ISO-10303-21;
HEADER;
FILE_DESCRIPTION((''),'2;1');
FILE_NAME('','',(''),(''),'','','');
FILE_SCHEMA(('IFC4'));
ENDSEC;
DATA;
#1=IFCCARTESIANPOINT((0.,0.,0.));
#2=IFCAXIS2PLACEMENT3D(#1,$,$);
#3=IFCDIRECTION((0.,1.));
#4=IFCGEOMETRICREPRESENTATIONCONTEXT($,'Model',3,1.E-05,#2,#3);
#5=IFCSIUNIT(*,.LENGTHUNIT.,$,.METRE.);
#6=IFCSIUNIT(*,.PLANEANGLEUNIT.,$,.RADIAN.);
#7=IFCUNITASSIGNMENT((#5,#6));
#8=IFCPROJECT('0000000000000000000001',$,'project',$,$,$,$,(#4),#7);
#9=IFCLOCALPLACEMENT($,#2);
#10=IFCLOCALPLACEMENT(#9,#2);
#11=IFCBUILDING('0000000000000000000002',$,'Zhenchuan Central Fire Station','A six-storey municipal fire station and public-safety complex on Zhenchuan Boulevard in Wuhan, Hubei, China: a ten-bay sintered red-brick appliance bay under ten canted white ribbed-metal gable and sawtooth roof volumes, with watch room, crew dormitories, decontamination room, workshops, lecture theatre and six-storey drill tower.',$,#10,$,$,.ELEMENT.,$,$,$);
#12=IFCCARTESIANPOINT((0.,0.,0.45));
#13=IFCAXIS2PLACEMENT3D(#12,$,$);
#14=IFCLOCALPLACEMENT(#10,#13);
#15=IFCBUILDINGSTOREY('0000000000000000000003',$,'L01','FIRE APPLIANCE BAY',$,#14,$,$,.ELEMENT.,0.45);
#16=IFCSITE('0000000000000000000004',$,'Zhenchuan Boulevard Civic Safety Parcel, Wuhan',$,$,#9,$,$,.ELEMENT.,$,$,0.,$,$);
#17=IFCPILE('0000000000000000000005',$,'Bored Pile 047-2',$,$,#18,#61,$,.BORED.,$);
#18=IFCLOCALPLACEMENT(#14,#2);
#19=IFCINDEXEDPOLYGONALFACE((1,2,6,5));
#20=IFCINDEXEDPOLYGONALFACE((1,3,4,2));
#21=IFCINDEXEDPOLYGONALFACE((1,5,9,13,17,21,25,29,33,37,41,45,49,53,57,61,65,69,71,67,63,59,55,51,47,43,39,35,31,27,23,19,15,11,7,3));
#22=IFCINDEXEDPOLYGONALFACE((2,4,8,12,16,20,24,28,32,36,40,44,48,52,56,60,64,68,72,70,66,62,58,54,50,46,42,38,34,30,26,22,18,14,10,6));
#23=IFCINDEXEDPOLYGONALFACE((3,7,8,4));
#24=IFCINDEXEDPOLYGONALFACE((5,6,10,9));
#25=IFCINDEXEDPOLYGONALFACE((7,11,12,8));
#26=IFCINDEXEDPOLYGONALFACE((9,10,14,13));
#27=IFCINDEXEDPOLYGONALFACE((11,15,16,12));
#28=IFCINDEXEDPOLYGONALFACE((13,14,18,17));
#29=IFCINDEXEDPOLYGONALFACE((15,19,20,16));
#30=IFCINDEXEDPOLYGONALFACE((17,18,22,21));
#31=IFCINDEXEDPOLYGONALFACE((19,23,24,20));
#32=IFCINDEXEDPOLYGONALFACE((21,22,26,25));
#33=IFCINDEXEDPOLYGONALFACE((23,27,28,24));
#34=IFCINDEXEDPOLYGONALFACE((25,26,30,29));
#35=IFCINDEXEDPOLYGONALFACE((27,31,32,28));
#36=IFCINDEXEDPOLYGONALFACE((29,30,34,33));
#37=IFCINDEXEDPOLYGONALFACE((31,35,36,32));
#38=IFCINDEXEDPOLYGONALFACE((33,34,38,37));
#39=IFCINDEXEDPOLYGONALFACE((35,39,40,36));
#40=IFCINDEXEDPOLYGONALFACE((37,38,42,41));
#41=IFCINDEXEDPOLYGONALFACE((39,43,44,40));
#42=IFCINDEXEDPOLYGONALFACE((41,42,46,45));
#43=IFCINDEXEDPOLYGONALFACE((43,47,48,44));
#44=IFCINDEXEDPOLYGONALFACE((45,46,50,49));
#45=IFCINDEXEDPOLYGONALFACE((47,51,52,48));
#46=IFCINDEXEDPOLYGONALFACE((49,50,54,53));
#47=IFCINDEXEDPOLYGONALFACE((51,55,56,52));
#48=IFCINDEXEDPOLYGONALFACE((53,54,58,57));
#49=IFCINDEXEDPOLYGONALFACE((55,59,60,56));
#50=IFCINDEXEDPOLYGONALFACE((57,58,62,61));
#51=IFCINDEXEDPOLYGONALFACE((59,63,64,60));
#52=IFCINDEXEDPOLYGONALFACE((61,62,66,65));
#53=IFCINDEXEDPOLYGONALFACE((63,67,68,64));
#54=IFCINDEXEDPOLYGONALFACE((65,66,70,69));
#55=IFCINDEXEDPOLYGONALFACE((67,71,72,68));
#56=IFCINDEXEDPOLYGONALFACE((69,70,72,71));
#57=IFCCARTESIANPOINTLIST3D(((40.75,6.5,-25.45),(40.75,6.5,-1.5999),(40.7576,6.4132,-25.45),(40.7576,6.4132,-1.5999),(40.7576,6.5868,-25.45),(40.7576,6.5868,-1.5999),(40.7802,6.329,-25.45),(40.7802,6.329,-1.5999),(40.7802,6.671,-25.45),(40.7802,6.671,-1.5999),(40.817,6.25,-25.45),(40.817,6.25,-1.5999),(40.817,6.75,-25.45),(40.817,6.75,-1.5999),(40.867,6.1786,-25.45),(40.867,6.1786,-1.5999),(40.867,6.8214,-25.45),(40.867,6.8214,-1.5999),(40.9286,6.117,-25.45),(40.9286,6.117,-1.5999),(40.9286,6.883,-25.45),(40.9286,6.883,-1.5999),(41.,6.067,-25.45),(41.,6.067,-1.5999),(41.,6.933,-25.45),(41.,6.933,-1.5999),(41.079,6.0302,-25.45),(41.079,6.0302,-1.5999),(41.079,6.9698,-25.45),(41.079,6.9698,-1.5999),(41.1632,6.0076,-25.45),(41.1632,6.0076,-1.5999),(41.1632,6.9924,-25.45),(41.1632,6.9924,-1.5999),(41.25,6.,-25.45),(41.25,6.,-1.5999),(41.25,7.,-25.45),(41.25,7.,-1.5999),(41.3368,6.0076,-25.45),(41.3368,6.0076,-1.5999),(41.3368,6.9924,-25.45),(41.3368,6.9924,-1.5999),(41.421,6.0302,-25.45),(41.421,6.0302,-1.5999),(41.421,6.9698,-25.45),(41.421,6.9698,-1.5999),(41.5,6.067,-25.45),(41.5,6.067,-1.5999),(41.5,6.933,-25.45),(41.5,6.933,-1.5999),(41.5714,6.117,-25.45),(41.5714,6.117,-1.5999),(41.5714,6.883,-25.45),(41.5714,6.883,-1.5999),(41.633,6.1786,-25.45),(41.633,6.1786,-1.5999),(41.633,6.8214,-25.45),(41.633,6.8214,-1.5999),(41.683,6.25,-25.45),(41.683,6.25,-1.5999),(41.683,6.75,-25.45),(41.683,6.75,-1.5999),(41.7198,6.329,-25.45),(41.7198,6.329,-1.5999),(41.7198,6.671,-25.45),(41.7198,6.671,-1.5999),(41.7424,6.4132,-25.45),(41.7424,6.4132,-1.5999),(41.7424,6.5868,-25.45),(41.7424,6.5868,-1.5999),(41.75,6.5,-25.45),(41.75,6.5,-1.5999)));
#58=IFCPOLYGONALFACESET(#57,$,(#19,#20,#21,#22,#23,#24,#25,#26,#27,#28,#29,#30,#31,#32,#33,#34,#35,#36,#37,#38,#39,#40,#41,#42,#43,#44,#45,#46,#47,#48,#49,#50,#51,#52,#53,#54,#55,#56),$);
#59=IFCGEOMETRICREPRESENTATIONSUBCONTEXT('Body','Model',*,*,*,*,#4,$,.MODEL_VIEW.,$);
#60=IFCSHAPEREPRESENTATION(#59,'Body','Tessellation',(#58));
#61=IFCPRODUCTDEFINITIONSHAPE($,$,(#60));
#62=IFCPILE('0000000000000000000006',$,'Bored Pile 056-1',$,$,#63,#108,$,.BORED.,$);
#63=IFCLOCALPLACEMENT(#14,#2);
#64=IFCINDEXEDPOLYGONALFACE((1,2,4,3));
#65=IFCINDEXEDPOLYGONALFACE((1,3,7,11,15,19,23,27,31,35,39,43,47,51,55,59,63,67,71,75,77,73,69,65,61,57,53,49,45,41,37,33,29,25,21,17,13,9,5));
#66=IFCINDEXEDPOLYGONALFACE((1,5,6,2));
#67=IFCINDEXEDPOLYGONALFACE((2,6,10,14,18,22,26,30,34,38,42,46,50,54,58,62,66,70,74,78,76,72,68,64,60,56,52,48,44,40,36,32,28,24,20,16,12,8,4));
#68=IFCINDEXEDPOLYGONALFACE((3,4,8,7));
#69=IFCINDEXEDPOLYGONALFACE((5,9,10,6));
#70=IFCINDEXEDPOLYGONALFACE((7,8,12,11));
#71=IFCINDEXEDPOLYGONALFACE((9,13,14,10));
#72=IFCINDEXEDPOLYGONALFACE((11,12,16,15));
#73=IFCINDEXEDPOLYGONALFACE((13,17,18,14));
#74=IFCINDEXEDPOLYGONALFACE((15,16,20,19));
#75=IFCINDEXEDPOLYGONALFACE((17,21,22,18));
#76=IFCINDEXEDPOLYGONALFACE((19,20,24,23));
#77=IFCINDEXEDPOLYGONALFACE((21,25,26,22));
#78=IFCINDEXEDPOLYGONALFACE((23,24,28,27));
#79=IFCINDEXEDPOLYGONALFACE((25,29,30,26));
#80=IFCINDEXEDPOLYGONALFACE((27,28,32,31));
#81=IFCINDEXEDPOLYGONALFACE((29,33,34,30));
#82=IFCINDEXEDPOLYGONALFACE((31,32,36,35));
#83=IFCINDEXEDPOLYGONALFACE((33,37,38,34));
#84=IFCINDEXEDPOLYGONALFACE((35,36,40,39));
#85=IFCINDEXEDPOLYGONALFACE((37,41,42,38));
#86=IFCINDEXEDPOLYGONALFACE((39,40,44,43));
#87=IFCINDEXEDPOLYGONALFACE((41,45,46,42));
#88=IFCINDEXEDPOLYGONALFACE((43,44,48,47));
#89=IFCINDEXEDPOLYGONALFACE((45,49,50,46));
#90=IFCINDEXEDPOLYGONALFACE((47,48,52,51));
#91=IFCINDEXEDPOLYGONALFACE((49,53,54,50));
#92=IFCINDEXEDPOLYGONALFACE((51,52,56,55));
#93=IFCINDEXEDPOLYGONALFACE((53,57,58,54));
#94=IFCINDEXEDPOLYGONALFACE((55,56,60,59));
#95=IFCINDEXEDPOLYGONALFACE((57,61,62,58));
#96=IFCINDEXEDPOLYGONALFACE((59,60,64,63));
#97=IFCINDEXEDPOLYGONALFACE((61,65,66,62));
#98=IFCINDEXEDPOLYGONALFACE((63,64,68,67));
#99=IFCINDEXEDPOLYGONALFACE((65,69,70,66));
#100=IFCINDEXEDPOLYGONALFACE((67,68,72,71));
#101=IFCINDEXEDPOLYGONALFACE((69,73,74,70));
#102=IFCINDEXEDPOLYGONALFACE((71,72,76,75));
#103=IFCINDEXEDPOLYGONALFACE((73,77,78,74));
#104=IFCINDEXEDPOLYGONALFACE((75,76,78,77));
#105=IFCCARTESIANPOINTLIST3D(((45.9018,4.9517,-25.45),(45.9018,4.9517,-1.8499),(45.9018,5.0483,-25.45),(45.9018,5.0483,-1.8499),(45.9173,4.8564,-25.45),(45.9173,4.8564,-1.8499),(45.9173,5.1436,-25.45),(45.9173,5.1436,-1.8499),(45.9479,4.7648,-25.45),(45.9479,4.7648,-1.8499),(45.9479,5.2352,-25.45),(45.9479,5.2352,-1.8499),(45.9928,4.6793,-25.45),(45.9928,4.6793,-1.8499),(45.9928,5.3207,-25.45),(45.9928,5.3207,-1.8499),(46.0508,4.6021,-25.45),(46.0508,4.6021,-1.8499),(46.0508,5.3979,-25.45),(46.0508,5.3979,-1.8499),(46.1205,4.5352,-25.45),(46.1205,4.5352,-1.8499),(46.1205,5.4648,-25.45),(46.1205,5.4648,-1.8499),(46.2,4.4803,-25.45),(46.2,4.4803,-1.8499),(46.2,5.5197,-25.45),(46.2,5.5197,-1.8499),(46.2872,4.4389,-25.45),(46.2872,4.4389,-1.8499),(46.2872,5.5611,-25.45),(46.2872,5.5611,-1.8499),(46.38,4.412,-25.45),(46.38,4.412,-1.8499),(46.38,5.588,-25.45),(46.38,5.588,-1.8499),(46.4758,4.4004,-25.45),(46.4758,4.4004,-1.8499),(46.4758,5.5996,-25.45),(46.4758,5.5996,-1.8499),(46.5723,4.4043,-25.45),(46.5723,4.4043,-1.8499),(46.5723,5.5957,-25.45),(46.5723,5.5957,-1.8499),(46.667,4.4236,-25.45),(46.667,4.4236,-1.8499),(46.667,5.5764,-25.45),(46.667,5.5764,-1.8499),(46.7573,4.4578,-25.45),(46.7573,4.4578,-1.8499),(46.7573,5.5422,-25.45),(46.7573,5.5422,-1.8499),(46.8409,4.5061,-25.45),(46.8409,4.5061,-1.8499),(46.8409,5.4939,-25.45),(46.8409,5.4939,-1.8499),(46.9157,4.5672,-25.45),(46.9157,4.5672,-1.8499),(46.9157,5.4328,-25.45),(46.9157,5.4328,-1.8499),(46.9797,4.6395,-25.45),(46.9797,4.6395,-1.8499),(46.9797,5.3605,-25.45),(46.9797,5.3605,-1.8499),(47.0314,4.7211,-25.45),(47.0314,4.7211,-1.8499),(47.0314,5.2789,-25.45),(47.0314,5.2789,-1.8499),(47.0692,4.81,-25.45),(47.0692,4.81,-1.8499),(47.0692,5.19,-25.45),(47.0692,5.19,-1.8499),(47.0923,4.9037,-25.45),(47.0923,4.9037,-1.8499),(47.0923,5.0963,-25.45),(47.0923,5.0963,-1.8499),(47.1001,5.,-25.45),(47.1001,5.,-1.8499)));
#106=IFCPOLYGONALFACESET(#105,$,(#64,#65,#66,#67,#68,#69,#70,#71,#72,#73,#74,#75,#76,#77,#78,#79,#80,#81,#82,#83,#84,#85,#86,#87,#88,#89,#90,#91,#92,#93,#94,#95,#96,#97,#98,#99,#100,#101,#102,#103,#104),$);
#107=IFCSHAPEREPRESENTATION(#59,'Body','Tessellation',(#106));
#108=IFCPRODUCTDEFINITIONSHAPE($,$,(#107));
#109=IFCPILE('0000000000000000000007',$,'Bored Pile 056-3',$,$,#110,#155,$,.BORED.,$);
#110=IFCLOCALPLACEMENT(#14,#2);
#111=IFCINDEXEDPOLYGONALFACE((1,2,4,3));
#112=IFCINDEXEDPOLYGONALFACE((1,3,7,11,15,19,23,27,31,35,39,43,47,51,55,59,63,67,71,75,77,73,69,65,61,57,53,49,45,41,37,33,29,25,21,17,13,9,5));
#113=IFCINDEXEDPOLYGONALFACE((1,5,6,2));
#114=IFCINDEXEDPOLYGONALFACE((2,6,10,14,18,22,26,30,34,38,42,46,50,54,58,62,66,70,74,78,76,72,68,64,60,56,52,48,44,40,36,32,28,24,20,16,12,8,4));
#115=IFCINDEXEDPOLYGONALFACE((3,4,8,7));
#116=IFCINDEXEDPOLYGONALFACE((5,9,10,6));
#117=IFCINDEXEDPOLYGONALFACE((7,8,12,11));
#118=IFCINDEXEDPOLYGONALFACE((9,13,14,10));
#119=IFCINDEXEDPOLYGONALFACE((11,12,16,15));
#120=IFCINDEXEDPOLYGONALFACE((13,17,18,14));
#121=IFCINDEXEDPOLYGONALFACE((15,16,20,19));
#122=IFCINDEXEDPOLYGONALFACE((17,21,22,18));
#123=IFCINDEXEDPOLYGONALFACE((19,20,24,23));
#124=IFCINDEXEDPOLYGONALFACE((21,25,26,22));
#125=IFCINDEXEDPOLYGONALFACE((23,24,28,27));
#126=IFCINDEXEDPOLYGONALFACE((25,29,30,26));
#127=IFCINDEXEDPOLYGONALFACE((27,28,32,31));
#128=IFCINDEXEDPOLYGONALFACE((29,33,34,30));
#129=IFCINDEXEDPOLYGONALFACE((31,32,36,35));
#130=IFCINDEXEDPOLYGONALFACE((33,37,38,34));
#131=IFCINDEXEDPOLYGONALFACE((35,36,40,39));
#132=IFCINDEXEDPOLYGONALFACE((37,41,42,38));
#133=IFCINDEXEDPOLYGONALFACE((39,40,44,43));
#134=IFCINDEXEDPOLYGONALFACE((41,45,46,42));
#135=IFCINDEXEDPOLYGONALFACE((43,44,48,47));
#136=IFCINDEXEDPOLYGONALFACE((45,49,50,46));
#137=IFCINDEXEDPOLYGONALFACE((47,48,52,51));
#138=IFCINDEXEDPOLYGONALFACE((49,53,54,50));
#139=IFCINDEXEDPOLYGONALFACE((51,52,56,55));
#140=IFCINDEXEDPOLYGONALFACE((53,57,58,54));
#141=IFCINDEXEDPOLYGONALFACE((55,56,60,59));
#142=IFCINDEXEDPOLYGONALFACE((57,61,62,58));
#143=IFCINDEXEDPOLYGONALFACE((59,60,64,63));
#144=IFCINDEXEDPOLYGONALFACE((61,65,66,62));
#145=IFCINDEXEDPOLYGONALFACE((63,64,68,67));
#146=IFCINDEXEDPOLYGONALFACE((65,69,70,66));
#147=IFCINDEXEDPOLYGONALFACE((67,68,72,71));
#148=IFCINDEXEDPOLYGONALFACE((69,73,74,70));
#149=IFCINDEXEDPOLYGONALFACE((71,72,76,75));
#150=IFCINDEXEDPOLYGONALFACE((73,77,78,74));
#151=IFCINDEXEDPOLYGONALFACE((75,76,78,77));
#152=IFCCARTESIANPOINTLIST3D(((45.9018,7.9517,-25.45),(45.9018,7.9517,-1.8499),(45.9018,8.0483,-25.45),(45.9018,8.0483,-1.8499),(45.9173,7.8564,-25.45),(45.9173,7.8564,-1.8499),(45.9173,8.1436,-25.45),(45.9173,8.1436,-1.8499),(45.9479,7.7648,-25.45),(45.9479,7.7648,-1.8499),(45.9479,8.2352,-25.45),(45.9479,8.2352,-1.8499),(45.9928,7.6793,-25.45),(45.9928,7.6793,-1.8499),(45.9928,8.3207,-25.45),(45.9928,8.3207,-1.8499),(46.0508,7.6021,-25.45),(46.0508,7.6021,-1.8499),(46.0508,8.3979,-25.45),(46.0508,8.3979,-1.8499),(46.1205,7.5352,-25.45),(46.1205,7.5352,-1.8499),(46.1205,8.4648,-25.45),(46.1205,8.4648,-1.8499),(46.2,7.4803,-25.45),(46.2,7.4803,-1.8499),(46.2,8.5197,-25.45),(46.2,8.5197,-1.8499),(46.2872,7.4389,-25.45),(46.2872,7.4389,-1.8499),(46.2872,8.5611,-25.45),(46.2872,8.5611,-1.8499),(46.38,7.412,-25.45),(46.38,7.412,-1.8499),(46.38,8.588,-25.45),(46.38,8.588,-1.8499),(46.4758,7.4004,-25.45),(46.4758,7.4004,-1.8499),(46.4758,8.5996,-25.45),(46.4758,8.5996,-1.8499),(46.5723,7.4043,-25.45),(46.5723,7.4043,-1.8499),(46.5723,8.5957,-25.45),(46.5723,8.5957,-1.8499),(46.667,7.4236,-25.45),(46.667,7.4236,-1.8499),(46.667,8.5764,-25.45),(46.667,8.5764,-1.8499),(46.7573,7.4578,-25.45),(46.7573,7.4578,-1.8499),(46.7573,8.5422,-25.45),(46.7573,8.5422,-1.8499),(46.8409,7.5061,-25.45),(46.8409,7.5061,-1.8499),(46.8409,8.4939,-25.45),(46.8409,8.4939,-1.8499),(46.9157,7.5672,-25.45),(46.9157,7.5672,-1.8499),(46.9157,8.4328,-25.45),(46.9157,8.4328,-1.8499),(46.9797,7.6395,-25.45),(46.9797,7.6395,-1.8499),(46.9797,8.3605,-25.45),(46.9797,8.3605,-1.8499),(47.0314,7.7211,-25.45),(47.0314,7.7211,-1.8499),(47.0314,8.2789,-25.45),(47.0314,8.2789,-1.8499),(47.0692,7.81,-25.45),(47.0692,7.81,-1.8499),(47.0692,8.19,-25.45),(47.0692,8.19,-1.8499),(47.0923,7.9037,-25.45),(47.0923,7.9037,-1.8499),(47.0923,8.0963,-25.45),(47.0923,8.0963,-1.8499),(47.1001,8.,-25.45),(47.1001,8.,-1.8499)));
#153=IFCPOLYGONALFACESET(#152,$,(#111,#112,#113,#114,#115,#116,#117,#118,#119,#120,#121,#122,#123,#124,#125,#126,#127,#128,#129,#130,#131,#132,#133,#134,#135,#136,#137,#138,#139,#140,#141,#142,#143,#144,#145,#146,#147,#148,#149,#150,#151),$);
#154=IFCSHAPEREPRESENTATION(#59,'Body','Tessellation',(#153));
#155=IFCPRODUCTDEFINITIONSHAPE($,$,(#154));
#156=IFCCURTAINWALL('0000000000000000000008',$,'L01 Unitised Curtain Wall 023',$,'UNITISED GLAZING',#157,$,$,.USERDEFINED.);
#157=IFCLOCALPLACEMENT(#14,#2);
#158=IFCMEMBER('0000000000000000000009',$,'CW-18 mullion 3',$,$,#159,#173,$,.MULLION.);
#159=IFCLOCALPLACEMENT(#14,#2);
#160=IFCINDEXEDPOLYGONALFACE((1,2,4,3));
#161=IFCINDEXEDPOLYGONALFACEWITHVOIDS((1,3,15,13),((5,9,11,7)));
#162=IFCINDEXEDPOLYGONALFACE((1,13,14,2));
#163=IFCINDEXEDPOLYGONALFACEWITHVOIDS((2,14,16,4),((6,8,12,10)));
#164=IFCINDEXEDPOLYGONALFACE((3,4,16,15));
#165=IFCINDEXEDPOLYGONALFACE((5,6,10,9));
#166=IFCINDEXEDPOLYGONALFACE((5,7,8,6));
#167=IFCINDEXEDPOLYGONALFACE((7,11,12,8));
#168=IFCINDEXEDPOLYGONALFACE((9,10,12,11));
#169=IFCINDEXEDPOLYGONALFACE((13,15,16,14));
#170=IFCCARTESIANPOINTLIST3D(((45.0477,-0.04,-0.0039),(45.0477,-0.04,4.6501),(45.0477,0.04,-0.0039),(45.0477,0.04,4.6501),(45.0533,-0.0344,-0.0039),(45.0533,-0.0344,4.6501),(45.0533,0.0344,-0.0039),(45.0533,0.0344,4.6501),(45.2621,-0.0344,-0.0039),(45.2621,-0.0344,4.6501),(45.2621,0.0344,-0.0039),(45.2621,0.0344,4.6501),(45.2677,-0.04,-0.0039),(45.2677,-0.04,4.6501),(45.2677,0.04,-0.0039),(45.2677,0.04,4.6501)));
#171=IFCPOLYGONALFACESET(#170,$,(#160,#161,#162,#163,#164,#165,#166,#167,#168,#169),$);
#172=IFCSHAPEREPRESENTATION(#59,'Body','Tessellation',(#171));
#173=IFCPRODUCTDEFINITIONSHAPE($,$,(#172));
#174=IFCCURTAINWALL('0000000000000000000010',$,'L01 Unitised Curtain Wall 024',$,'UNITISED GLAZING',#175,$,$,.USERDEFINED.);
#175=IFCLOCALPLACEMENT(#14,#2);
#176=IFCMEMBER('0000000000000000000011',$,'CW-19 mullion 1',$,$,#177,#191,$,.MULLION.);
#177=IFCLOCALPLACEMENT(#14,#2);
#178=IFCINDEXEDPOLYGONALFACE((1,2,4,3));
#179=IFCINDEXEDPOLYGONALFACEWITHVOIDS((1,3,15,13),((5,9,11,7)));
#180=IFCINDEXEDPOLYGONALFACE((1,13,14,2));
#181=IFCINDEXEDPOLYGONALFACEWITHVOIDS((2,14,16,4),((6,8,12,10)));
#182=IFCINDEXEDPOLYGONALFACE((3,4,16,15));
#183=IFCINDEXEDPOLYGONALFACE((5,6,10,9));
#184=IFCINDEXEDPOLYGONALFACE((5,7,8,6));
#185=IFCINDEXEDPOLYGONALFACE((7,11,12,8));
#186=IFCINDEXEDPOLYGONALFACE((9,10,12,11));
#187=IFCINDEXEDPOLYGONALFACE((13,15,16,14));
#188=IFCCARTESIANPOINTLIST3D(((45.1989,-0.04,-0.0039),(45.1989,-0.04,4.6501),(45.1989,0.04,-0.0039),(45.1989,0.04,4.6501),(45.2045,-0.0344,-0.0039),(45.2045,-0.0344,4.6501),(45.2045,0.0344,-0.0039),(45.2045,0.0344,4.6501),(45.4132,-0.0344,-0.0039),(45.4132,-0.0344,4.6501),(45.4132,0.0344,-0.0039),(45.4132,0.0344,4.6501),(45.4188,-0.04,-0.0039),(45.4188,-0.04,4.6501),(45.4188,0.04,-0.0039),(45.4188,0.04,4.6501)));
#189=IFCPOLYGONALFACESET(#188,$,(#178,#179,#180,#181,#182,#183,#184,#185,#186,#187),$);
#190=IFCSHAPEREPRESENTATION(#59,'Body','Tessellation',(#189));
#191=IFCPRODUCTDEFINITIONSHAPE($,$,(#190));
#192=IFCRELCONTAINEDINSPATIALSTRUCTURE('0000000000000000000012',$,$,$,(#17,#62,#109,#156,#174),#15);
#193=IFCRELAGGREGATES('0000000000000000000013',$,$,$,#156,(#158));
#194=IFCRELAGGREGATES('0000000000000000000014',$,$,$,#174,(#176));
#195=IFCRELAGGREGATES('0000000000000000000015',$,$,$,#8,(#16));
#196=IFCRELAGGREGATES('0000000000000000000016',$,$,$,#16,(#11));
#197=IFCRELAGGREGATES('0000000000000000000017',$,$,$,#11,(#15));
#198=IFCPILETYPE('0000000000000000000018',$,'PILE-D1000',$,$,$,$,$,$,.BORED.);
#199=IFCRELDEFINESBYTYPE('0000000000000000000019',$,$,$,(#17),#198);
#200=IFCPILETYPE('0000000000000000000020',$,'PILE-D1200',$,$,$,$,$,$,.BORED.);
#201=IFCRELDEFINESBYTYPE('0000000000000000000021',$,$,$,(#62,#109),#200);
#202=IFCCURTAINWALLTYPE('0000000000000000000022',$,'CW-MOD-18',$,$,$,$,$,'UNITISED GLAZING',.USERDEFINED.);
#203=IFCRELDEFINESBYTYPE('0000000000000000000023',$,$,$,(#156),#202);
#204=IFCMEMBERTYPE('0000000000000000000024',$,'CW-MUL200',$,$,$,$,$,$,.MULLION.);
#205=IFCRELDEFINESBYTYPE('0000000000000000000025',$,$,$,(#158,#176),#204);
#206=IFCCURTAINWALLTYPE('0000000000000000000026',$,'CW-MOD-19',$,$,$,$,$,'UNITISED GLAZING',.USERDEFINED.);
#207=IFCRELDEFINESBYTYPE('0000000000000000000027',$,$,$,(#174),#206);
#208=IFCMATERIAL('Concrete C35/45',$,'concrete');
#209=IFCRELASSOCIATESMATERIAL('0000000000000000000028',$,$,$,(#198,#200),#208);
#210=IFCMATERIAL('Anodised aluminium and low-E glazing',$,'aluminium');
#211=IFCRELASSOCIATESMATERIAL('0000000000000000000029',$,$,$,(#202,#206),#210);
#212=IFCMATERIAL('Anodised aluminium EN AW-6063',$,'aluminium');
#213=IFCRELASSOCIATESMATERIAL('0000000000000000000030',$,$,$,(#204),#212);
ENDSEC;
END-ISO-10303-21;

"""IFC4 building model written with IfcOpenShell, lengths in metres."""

from ifc_helpers import new_model, si_unit, direction, frame, origin, origin_2d, place, context, subcontext, project, spatial, hollow_rectangle, circle, extrude, material, material_profile, profile_set, type_object, element, aggregate, save


model = new_model("IFC4")

# Units and contexts
model_context = context("Model", 3, precision=1e-05, world=origin(), true_north=direction((0.0, 1.0)))
body_context = subcontext(model_context, "Body", "Model", "MODEL_VIEW")
ifc_project = project(units=[si_unit("LENGTHUNIT", "METRE"), si_unit("PLANEANGLEUNIT", "RADIAN")], contexts=[model_context])

# Site, building, storey
site_placement = place(None, origin())
site = spatial("IfcSite", under=ifc_project, at=site_placement, Name="Zhenchuan Boulevard Civic Safety Parcel, Wuhan", CompositionType="ELEMENT", RefElevation=0.0)
building_placement = place(site_placement, origin())
building = spatial("IfcBuilding", under=site, at=building_placement, Name="Zhenchuan Central Fire Station", Description="A six-storey municipal fire station and public-safety complex on Zhenchuan Boulevard in Wuhan, Hubei, China: a ten-bay sintered red-brick appliance bay under ten canted white ribbed-metal gable and sawtooth roof volumes, with watch room, crew dormitories, decontamination room, workshops, lecture theatre and six-storey drill tower.", CompositionType="ELEMENT")
storey_placement = place(building_placement, frame((0.0, 0.0, 0.45)))
storey = spatial("IfcBuildingStorey", under=building, at=storey_placement, Name="L01", Description="FIRE APPLIANCE BAY", CompositionType="ELEMENT", Elevation=0.45)

# Piles
ifc_material_1 = material(Name="Concrete C35/45", Category="concrete")
ifc_material_profile_1 = material_profile(ifc_material_1, circle(Radius=0.5, at=origin_2d()), Name="PILE D1000")
ifc_profile_set_1 = profile_set([ifc_material_profile_1], Name="Concrete C35/45")
pile_type_1 = type_object("IfcPileType", Name="PILE-D1000", PredefinedType="BORED", material=ifc_profile_set_1)
pile_placement = place(storey_placement, frame((41.25, 6.5, -1.5999), z_axis=(0.0, 0.0, -1.0), x_axis=(1.0, 0.0, 0.0)))
element("IfcPile", 1, at=pile_placement, inside=storey, type_object=pile_type_1, Name="Bored Pile 047-2", PredefinedType="BORED", context=body_context, shape_type="SweptSolid", body=[
    extrude(circle(Radius=0.5, at=origin_2d()), origin(), (0.0, 0.0, 1.0), 23.8501),
])
ifc_material_profile_2 = material_profile(ifc_material_1, circle(Radius=0.6001, at=origin_2d()), Name="PILE D1200")
ifc_profile_set_2 = profile_set([ifc_material_profile_2], Name="Concrete C35/45")
pile_type_2 = type_object("IfcPileType", Name="PILE-D1200", PredefinedType="BORED", material=ifc_profile_set_2)
for number, where, z_axis, x_axis, name in (
    (2, (46.5, 5.0, -1.8499), (0.0, 0.0, -1.0), (1.0, 0.0, 0.0), "Bored Pile 056-1"),
    (3, (46.5, 8.0, -1.8499), (0.0, 0.0, -1.0), (1.0, 0.0, 0.0), "Bored Pile 056-3"),
):
    element("IfcPile", number, at=place(storey_placement, frame(where, z_axis=z_axis, x_axis=x_axis)), inside=storey, type_object=pile_type_2, Name=name, PredefinedType="BORED", context=body_context, shape_type="SweptSolid", body=[
        extrude(circle(Radius=0.6001, at=origin_2d()), origin(), (0.0, 0.0, 1.0), 23.6001),
    ])

# Curtain wall, member
ifc_material_2 = material(Name="Anodised aluminium and low-E glazing", Category="aluminium")
curtain_wall_type_1 = type_object("IfcCurtainWallType", Name="CW-MOD-18", ElementType="UNITISED GLAZING", PredefinedType="USERDEFINED", material=ifc_material_2)
curtain_wall_1_placement = place(storey_placement, origin())
curtain_wall_1 = element("IfcCurtainWall", 4, at=curtain_wall_1_placement, inside=storey, type_object=curtain_wall_type_1, Name="L01 Unitised Curtain Wall 023", ObjectType="UNITISED GLAZING", PredefinedType="USERDEFINED")
ifc_material_3 = material(Name="Anodised aluminium EN AW-6063", Category="aluminium")
ifc_material_profile_3 = material_profile(ifc_material_3, hollow_rectangle(XDim=0.0801, YDim=0.22, WallThickness=0.0056, at=origin_2d()), Name="ALU-M 220x80")
ifc_profile_set_3 = profile_set([ifc_material_profile_3], Name="Anodised aluminium EN AW-6063")
member_type_1 = type_object("IfcMemberType", Name="CW-MUL200", PredefinedType="MULLION", material=ifc_profile_set_3)
member_1_placement = place(storey_placement, frame((45.1577, 0.0, -0.0039), z_axis=(0.0, 0.0, 1.0), x_axis=(0.0, 1.0, 0.0)))
member_1 = element("IfcMember", 5, at=member_1_placement, type_object=member_type_1, Name="CW-18 mullion 3", PredefinedType="MULLION", context=body_context, shape_type="SweptSolid", body=[
    extrude(hollow_rectangle(XDim=0.0801, YDim=0.22, WallThickness=0.0056, at=origin_2d()), origin(), (0.0, 0.0, 1.0), 4.6541),
])

# Curtain wall, member
curtain_wall_type_2 = type_object("IfcCurtainWallType", Name="CW-MOD-19", ElementType="UNITISED GLAZING", PredefinedType="USERDEFINED", material=ifc_material_2)
curtain_wall_2_placement = place(storey_placement, origin())
curtain_wall_2 = element("IfcCurtainWall", 6, at=curtain_wall_2_placement, inside=storey, type_object=curtain_wall_type_2, Name="L01 Unitised Curtain Wall 024", ObjectType="UNITISED GLAZING", PredefinedType="USERDEFINED")
member_2_placement = place(storey_placement, frame((45.3088, 0.0, -0.0039), z_axis=(0.0, 0.0, 1.0), x_axis=(0.0, 1.0, 0.0)))
member_2 = element("IfcMember", 7, at=member_2_placement, type_object=member_type_1, Name="CW-19 mullion 1", PredefinedType="MULLION", context=body_context, shape_type="SweptSolid", body=[
    extrude(hollow_rectangle(XDim=0.0801, YDim=0.22, WallThickness=0.0056, at=origin_2d()), origin(), (0.0, 0.0, 1.0), 4.6541),
])

aggregate(curtain_wall_1, [member_1])
aggregate(curtain_wall_2, [member_2])

save(model, "model.ifc")
